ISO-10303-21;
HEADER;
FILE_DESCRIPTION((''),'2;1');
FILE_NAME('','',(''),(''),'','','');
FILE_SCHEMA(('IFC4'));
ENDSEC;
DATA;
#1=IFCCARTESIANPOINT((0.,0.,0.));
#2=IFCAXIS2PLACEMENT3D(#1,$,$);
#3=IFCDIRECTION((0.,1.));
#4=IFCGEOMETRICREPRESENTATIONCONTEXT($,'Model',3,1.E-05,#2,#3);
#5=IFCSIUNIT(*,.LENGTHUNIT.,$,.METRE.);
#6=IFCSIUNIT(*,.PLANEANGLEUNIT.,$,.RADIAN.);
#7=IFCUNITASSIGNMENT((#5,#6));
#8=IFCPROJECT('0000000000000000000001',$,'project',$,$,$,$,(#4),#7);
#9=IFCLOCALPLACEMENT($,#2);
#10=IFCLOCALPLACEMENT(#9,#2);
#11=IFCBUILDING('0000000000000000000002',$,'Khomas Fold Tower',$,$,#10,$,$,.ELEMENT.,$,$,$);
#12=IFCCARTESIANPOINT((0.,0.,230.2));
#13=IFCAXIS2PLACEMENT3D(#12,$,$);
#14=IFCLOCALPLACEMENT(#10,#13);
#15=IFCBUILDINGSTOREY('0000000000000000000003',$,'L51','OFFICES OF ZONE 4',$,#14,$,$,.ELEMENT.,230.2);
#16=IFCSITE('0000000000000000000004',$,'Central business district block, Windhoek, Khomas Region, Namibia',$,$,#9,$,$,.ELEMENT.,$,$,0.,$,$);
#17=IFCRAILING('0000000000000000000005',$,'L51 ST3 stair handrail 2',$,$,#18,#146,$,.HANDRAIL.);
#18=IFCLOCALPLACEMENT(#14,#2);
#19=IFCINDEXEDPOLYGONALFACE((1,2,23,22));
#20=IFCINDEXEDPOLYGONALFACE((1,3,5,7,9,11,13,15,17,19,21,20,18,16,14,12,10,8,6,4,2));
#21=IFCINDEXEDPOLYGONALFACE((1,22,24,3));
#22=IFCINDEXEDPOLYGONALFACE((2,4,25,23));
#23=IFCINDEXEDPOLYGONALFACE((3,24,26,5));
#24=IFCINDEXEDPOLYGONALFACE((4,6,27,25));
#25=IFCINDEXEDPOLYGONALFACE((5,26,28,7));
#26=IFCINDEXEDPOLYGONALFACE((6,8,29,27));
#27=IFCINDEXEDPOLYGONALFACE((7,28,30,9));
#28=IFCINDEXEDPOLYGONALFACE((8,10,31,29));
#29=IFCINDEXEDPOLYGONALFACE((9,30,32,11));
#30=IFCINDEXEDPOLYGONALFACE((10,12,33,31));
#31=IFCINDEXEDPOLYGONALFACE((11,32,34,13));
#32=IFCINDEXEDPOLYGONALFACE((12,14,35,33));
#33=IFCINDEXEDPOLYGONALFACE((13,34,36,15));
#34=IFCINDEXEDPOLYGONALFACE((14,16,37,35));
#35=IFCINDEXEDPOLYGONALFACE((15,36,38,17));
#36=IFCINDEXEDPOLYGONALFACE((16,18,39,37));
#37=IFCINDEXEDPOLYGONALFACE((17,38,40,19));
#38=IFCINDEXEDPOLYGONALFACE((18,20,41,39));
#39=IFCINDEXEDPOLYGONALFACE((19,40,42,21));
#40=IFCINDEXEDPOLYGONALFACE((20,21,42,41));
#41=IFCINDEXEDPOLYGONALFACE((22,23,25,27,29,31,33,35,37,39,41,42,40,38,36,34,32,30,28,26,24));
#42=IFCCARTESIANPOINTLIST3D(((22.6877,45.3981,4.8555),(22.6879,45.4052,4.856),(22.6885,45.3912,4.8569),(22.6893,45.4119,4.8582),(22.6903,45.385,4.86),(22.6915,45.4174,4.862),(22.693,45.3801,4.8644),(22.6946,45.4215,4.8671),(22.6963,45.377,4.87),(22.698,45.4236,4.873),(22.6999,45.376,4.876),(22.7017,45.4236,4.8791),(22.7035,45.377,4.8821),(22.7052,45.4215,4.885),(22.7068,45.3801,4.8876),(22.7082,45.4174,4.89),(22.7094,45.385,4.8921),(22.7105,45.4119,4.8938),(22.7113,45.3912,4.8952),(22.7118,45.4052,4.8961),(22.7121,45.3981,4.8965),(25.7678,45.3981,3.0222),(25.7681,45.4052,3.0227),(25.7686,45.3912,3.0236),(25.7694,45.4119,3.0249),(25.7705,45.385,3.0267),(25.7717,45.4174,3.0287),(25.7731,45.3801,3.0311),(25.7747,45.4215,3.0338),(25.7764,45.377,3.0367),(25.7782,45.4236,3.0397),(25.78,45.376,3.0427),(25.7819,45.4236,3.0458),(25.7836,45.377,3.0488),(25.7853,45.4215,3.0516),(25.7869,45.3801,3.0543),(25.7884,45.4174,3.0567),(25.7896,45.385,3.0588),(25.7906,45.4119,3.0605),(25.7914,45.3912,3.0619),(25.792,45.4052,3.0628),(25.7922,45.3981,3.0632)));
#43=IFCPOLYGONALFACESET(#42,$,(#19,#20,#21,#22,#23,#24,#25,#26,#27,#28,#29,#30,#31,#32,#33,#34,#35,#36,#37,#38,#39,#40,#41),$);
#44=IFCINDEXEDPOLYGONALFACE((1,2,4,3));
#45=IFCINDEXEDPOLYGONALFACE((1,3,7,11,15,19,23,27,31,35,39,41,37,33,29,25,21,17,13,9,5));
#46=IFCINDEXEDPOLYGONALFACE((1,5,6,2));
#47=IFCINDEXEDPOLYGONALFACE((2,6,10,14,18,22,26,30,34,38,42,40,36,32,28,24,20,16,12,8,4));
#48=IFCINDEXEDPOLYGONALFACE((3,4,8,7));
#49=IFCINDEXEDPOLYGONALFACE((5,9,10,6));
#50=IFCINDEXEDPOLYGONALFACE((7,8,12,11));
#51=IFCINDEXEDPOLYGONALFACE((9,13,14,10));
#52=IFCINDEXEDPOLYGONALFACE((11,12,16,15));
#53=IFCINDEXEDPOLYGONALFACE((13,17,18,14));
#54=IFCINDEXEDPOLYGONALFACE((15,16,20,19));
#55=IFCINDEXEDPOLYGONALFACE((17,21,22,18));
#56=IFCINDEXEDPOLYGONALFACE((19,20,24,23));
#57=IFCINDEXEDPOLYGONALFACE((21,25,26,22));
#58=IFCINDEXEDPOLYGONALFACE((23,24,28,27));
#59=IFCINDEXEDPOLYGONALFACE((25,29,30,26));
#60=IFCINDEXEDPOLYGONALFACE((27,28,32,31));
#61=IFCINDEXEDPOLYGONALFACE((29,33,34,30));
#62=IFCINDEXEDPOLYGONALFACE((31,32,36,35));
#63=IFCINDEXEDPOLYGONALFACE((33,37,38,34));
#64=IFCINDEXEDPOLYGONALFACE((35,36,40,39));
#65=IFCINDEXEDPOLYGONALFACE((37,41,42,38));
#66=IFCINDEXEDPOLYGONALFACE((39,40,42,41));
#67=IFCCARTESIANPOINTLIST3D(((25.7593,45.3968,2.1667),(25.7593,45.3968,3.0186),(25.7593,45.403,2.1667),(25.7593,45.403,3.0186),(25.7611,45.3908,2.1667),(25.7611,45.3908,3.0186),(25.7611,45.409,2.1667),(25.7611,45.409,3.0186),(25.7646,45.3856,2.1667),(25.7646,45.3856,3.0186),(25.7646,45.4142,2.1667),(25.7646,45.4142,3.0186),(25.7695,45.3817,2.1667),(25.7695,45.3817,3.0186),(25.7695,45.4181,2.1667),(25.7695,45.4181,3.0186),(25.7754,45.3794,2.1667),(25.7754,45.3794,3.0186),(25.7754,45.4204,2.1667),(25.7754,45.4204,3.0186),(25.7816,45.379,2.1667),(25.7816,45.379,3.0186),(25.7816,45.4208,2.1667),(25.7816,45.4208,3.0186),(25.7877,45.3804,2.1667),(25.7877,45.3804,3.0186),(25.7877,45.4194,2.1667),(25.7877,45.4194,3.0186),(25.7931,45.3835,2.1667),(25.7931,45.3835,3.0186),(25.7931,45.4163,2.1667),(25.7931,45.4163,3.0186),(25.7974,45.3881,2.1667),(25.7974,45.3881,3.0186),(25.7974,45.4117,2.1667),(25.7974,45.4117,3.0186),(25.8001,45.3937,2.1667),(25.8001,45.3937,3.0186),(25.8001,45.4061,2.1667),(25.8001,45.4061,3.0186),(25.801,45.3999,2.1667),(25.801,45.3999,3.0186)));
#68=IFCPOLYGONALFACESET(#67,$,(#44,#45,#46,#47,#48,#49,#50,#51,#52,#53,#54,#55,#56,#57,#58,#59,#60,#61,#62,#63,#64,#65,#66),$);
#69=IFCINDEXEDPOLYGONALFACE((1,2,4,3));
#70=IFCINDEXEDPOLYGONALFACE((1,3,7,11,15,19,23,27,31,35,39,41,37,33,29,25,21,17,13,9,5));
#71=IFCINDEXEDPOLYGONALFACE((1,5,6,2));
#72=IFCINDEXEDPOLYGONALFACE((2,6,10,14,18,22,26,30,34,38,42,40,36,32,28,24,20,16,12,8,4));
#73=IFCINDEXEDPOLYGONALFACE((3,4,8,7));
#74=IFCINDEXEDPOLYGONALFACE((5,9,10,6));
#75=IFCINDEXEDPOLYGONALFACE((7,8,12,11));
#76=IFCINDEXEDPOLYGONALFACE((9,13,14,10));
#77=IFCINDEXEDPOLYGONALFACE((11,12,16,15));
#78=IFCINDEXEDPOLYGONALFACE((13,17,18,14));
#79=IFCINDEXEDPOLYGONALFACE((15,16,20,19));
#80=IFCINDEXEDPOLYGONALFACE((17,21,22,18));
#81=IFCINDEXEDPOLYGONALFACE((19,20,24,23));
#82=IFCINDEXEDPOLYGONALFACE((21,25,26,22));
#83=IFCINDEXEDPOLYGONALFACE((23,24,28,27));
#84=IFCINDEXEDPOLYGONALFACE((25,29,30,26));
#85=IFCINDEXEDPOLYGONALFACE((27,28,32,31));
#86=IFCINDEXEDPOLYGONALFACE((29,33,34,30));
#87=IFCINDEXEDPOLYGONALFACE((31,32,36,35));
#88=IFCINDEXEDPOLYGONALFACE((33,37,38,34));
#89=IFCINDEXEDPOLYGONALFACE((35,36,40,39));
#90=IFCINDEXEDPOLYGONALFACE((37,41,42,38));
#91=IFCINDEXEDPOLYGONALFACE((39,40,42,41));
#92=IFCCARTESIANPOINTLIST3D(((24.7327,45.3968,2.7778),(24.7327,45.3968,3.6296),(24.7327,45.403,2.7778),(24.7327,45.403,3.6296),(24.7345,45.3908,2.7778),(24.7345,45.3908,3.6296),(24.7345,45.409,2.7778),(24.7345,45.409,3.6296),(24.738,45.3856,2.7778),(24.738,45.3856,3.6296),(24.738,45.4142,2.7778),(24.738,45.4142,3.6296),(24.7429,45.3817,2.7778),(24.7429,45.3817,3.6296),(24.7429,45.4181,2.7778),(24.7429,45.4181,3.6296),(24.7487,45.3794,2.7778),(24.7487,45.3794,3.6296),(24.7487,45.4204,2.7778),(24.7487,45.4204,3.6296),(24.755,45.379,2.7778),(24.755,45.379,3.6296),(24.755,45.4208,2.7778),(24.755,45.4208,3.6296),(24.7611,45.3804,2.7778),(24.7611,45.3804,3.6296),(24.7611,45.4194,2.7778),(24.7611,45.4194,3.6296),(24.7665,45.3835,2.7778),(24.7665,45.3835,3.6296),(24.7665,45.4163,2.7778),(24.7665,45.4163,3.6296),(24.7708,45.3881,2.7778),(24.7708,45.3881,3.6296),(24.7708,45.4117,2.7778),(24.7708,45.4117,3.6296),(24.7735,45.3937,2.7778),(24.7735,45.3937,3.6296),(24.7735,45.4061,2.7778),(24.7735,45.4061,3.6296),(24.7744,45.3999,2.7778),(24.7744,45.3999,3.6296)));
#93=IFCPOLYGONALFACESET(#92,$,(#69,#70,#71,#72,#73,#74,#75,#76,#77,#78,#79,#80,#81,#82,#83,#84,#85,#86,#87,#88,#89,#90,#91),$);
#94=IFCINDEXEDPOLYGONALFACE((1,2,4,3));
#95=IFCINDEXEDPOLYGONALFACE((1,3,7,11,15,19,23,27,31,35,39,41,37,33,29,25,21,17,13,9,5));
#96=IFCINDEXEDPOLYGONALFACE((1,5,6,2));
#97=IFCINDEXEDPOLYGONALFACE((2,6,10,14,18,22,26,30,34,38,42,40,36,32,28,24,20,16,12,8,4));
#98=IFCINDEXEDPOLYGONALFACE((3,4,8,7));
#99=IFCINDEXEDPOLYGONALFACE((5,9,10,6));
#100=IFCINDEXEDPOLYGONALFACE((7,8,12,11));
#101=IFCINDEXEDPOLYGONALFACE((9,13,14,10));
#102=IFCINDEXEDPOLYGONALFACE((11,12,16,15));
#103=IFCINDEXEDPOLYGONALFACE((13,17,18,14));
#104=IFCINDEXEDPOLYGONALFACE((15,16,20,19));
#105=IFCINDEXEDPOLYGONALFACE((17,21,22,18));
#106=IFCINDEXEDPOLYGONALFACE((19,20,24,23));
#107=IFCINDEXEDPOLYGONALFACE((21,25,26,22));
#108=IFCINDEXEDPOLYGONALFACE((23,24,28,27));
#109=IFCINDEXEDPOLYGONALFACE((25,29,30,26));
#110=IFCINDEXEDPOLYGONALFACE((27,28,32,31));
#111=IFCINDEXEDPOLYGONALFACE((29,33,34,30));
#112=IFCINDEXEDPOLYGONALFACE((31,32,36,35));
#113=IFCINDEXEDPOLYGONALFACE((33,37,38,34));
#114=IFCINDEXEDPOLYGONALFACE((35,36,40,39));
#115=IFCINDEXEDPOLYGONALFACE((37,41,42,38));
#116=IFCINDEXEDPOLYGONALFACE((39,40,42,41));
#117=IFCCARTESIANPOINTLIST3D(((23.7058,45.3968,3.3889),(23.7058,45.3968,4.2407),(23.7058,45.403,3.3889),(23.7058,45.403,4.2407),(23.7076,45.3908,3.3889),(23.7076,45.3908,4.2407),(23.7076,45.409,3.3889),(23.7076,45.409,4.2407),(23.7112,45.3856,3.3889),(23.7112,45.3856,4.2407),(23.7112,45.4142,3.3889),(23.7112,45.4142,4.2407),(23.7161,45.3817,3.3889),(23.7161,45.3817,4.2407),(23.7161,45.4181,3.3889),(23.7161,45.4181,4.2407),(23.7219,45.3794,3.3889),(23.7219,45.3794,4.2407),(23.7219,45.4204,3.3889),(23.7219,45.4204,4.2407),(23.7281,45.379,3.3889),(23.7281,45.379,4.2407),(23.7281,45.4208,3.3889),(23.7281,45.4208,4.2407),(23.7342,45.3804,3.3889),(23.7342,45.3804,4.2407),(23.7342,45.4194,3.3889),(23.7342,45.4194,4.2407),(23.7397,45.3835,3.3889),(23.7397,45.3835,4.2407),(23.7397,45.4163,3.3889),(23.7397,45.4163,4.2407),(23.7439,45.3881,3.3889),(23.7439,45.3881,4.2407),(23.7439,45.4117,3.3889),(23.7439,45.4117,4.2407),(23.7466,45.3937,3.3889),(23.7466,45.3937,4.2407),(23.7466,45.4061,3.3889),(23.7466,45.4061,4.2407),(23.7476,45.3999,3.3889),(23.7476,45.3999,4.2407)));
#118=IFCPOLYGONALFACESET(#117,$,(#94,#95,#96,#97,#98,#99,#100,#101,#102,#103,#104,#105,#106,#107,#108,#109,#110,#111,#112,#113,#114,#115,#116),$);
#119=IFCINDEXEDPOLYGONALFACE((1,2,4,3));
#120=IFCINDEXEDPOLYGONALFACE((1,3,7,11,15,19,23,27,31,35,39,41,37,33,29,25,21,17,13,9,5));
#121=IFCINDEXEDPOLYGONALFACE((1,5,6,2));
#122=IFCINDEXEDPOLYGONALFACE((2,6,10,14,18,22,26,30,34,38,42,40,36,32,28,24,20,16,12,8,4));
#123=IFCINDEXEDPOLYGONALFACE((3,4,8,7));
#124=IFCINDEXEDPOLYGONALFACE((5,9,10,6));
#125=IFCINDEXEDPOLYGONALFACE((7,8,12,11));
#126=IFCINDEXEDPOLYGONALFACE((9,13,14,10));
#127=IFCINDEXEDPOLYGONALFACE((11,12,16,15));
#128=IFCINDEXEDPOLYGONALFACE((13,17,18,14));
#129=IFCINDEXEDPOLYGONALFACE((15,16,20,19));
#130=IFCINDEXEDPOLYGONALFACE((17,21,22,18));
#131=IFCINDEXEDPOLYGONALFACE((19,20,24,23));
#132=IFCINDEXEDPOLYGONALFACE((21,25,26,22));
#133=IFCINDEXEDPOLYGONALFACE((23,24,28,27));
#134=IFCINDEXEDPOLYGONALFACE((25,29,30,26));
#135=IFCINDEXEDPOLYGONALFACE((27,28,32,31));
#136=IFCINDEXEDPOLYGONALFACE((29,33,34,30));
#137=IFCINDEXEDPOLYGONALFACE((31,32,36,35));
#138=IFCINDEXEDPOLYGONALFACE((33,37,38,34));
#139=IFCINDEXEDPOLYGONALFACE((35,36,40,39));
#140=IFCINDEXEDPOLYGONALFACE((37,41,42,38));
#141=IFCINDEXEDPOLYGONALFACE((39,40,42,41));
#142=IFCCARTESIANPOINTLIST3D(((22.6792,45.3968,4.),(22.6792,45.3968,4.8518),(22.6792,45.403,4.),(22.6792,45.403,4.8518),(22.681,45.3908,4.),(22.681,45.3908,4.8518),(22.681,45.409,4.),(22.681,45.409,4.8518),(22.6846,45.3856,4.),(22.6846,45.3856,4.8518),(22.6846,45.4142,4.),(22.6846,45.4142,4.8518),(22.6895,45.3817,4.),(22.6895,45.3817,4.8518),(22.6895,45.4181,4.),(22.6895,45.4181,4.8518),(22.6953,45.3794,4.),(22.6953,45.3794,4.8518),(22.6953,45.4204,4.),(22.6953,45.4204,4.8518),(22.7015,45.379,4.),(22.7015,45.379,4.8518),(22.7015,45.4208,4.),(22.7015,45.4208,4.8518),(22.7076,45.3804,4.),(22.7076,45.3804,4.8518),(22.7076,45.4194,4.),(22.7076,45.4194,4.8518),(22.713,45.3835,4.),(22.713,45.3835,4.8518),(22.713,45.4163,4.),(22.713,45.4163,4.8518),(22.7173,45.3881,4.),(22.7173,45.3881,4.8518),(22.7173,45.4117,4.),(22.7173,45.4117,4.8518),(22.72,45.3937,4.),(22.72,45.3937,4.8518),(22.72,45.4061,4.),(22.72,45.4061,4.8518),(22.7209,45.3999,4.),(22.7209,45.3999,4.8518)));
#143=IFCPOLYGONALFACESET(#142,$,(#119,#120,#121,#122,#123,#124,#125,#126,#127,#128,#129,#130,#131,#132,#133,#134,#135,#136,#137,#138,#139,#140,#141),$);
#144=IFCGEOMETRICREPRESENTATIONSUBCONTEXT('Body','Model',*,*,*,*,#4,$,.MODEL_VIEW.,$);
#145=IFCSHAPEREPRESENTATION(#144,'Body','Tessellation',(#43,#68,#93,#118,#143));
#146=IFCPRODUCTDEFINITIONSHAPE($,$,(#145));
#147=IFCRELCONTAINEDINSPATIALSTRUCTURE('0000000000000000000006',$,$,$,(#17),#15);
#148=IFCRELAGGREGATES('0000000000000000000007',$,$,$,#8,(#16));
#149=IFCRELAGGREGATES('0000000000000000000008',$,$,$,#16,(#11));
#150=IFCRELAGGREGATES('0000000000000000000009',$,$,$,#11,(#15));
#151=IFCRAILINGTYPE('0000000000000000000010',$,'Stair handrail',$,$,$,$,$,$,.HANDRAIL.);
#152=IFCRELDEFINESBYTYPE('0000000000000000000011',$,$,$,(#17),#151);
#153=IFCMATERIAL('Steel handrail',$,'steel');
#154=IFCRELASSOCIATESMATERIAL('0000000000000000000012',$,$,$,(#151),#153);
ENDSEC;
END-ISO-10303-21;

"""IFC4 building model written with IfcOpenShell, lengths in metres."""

from ifc_helpers import new_model, si_unit, direction, frame, origin, origin_2d, place, context, subcontext, project, spatial, circle, extrude, source, transform, mapped, material, type_object, element, save


model = new_model("IFC4")

# Units and contexts
model_context = context("Model", 3, precision=1e-05, world=origin(), true_north=direction((0.0, 1.0)))
body_context = subcontext(model_context, "Body", "Model", "MODEL_VIEW")
ifc_project = project(units=[si_unit("LENGTHUNIT", "METRE"), si_unit("PLANEANGLEUNIT", "RADIAN")], contexts=[model_context])

# Site, building, storey
site_placement = place(None, origin())
site = spatial("IfcSite", under=ifc_project, at=site_placement, Name="Central business district block, Windhoek, Khomas Region, Namibia", CompositionType="ELEMENT", RefElevation=0.0)
building_placement = place(site_placement, origin())
building = spatial("IfcBuilding", under=site, at=building_placement, Name="Khomas Fold Tower", CompositionType="ELEMENT")
storey_placement = place(building_placement, frame((0.0, 0.0, 230.2)))
storey = spatial("IfcBuildingStorey", under=building, at=storey_placement, Name="L51", Description="OFFICES OF ZONE 4", CompositionType="ELEMENT", Elevation=230.2)

# Railing
ifc_material_1 = material(Name="Steel handrail", Category="steel")
railing_type_1 = type_object("IfcRailingType", Name="Stair handrail", PredefinedType="HANDRAIL", material=ifc_material_1)
shared_shape_1 = source(origin(), body_context, "Body", "SweptSolid", [
    extrude(circle(Radius=0.0239, at=origin_2d()), frame((0.0, 0.0, 0.876), z_axis=(-0.859309, 0.0, 0.511458), x_axis=(0.0, -1.0, 0.0)), (0.0, 0.0, 1.0), 3.5845),
    extrude(circle(Radius=0.021, at=origin_2d()), origin(), (0.0, 0.0, 1.0), 0.8518),
    extrude(circle(Radius=0.021, at=origin_2d()), frame((-1.0266, 0.0, 0.6111)), (0.0, 0.0, 1.0), 0.8518),
    extrude(circle(Radius=0.021, at=origin_2d()), frame((-2.0535, 0.0, 1.2222)), (0.0, 0.0, 1.0), 0.8518),
    extrude(circle(Radius=0.021, at=origin_2d()), frame((-3.0801, 0.0, 1.8333)), (0.0, 0.0, 1.0), 0.8518),
])
railing_1_placement = place(storey_placement, frame((25.78, 45.3999, 2.1667)))
element("IfcRailing", 1, at=railing_1_placement, inside=storey, type_object=railing_type_1, Name="L51 ST3 stair handrail 2", PredefinedType="HANDRAIL", context=body_context, shape_type="MappedRepresentation", body=[
    mapped(shared_shape_1, transform((0.0, 0.0, 0.0))),
])

save(model, "model.ifc")
